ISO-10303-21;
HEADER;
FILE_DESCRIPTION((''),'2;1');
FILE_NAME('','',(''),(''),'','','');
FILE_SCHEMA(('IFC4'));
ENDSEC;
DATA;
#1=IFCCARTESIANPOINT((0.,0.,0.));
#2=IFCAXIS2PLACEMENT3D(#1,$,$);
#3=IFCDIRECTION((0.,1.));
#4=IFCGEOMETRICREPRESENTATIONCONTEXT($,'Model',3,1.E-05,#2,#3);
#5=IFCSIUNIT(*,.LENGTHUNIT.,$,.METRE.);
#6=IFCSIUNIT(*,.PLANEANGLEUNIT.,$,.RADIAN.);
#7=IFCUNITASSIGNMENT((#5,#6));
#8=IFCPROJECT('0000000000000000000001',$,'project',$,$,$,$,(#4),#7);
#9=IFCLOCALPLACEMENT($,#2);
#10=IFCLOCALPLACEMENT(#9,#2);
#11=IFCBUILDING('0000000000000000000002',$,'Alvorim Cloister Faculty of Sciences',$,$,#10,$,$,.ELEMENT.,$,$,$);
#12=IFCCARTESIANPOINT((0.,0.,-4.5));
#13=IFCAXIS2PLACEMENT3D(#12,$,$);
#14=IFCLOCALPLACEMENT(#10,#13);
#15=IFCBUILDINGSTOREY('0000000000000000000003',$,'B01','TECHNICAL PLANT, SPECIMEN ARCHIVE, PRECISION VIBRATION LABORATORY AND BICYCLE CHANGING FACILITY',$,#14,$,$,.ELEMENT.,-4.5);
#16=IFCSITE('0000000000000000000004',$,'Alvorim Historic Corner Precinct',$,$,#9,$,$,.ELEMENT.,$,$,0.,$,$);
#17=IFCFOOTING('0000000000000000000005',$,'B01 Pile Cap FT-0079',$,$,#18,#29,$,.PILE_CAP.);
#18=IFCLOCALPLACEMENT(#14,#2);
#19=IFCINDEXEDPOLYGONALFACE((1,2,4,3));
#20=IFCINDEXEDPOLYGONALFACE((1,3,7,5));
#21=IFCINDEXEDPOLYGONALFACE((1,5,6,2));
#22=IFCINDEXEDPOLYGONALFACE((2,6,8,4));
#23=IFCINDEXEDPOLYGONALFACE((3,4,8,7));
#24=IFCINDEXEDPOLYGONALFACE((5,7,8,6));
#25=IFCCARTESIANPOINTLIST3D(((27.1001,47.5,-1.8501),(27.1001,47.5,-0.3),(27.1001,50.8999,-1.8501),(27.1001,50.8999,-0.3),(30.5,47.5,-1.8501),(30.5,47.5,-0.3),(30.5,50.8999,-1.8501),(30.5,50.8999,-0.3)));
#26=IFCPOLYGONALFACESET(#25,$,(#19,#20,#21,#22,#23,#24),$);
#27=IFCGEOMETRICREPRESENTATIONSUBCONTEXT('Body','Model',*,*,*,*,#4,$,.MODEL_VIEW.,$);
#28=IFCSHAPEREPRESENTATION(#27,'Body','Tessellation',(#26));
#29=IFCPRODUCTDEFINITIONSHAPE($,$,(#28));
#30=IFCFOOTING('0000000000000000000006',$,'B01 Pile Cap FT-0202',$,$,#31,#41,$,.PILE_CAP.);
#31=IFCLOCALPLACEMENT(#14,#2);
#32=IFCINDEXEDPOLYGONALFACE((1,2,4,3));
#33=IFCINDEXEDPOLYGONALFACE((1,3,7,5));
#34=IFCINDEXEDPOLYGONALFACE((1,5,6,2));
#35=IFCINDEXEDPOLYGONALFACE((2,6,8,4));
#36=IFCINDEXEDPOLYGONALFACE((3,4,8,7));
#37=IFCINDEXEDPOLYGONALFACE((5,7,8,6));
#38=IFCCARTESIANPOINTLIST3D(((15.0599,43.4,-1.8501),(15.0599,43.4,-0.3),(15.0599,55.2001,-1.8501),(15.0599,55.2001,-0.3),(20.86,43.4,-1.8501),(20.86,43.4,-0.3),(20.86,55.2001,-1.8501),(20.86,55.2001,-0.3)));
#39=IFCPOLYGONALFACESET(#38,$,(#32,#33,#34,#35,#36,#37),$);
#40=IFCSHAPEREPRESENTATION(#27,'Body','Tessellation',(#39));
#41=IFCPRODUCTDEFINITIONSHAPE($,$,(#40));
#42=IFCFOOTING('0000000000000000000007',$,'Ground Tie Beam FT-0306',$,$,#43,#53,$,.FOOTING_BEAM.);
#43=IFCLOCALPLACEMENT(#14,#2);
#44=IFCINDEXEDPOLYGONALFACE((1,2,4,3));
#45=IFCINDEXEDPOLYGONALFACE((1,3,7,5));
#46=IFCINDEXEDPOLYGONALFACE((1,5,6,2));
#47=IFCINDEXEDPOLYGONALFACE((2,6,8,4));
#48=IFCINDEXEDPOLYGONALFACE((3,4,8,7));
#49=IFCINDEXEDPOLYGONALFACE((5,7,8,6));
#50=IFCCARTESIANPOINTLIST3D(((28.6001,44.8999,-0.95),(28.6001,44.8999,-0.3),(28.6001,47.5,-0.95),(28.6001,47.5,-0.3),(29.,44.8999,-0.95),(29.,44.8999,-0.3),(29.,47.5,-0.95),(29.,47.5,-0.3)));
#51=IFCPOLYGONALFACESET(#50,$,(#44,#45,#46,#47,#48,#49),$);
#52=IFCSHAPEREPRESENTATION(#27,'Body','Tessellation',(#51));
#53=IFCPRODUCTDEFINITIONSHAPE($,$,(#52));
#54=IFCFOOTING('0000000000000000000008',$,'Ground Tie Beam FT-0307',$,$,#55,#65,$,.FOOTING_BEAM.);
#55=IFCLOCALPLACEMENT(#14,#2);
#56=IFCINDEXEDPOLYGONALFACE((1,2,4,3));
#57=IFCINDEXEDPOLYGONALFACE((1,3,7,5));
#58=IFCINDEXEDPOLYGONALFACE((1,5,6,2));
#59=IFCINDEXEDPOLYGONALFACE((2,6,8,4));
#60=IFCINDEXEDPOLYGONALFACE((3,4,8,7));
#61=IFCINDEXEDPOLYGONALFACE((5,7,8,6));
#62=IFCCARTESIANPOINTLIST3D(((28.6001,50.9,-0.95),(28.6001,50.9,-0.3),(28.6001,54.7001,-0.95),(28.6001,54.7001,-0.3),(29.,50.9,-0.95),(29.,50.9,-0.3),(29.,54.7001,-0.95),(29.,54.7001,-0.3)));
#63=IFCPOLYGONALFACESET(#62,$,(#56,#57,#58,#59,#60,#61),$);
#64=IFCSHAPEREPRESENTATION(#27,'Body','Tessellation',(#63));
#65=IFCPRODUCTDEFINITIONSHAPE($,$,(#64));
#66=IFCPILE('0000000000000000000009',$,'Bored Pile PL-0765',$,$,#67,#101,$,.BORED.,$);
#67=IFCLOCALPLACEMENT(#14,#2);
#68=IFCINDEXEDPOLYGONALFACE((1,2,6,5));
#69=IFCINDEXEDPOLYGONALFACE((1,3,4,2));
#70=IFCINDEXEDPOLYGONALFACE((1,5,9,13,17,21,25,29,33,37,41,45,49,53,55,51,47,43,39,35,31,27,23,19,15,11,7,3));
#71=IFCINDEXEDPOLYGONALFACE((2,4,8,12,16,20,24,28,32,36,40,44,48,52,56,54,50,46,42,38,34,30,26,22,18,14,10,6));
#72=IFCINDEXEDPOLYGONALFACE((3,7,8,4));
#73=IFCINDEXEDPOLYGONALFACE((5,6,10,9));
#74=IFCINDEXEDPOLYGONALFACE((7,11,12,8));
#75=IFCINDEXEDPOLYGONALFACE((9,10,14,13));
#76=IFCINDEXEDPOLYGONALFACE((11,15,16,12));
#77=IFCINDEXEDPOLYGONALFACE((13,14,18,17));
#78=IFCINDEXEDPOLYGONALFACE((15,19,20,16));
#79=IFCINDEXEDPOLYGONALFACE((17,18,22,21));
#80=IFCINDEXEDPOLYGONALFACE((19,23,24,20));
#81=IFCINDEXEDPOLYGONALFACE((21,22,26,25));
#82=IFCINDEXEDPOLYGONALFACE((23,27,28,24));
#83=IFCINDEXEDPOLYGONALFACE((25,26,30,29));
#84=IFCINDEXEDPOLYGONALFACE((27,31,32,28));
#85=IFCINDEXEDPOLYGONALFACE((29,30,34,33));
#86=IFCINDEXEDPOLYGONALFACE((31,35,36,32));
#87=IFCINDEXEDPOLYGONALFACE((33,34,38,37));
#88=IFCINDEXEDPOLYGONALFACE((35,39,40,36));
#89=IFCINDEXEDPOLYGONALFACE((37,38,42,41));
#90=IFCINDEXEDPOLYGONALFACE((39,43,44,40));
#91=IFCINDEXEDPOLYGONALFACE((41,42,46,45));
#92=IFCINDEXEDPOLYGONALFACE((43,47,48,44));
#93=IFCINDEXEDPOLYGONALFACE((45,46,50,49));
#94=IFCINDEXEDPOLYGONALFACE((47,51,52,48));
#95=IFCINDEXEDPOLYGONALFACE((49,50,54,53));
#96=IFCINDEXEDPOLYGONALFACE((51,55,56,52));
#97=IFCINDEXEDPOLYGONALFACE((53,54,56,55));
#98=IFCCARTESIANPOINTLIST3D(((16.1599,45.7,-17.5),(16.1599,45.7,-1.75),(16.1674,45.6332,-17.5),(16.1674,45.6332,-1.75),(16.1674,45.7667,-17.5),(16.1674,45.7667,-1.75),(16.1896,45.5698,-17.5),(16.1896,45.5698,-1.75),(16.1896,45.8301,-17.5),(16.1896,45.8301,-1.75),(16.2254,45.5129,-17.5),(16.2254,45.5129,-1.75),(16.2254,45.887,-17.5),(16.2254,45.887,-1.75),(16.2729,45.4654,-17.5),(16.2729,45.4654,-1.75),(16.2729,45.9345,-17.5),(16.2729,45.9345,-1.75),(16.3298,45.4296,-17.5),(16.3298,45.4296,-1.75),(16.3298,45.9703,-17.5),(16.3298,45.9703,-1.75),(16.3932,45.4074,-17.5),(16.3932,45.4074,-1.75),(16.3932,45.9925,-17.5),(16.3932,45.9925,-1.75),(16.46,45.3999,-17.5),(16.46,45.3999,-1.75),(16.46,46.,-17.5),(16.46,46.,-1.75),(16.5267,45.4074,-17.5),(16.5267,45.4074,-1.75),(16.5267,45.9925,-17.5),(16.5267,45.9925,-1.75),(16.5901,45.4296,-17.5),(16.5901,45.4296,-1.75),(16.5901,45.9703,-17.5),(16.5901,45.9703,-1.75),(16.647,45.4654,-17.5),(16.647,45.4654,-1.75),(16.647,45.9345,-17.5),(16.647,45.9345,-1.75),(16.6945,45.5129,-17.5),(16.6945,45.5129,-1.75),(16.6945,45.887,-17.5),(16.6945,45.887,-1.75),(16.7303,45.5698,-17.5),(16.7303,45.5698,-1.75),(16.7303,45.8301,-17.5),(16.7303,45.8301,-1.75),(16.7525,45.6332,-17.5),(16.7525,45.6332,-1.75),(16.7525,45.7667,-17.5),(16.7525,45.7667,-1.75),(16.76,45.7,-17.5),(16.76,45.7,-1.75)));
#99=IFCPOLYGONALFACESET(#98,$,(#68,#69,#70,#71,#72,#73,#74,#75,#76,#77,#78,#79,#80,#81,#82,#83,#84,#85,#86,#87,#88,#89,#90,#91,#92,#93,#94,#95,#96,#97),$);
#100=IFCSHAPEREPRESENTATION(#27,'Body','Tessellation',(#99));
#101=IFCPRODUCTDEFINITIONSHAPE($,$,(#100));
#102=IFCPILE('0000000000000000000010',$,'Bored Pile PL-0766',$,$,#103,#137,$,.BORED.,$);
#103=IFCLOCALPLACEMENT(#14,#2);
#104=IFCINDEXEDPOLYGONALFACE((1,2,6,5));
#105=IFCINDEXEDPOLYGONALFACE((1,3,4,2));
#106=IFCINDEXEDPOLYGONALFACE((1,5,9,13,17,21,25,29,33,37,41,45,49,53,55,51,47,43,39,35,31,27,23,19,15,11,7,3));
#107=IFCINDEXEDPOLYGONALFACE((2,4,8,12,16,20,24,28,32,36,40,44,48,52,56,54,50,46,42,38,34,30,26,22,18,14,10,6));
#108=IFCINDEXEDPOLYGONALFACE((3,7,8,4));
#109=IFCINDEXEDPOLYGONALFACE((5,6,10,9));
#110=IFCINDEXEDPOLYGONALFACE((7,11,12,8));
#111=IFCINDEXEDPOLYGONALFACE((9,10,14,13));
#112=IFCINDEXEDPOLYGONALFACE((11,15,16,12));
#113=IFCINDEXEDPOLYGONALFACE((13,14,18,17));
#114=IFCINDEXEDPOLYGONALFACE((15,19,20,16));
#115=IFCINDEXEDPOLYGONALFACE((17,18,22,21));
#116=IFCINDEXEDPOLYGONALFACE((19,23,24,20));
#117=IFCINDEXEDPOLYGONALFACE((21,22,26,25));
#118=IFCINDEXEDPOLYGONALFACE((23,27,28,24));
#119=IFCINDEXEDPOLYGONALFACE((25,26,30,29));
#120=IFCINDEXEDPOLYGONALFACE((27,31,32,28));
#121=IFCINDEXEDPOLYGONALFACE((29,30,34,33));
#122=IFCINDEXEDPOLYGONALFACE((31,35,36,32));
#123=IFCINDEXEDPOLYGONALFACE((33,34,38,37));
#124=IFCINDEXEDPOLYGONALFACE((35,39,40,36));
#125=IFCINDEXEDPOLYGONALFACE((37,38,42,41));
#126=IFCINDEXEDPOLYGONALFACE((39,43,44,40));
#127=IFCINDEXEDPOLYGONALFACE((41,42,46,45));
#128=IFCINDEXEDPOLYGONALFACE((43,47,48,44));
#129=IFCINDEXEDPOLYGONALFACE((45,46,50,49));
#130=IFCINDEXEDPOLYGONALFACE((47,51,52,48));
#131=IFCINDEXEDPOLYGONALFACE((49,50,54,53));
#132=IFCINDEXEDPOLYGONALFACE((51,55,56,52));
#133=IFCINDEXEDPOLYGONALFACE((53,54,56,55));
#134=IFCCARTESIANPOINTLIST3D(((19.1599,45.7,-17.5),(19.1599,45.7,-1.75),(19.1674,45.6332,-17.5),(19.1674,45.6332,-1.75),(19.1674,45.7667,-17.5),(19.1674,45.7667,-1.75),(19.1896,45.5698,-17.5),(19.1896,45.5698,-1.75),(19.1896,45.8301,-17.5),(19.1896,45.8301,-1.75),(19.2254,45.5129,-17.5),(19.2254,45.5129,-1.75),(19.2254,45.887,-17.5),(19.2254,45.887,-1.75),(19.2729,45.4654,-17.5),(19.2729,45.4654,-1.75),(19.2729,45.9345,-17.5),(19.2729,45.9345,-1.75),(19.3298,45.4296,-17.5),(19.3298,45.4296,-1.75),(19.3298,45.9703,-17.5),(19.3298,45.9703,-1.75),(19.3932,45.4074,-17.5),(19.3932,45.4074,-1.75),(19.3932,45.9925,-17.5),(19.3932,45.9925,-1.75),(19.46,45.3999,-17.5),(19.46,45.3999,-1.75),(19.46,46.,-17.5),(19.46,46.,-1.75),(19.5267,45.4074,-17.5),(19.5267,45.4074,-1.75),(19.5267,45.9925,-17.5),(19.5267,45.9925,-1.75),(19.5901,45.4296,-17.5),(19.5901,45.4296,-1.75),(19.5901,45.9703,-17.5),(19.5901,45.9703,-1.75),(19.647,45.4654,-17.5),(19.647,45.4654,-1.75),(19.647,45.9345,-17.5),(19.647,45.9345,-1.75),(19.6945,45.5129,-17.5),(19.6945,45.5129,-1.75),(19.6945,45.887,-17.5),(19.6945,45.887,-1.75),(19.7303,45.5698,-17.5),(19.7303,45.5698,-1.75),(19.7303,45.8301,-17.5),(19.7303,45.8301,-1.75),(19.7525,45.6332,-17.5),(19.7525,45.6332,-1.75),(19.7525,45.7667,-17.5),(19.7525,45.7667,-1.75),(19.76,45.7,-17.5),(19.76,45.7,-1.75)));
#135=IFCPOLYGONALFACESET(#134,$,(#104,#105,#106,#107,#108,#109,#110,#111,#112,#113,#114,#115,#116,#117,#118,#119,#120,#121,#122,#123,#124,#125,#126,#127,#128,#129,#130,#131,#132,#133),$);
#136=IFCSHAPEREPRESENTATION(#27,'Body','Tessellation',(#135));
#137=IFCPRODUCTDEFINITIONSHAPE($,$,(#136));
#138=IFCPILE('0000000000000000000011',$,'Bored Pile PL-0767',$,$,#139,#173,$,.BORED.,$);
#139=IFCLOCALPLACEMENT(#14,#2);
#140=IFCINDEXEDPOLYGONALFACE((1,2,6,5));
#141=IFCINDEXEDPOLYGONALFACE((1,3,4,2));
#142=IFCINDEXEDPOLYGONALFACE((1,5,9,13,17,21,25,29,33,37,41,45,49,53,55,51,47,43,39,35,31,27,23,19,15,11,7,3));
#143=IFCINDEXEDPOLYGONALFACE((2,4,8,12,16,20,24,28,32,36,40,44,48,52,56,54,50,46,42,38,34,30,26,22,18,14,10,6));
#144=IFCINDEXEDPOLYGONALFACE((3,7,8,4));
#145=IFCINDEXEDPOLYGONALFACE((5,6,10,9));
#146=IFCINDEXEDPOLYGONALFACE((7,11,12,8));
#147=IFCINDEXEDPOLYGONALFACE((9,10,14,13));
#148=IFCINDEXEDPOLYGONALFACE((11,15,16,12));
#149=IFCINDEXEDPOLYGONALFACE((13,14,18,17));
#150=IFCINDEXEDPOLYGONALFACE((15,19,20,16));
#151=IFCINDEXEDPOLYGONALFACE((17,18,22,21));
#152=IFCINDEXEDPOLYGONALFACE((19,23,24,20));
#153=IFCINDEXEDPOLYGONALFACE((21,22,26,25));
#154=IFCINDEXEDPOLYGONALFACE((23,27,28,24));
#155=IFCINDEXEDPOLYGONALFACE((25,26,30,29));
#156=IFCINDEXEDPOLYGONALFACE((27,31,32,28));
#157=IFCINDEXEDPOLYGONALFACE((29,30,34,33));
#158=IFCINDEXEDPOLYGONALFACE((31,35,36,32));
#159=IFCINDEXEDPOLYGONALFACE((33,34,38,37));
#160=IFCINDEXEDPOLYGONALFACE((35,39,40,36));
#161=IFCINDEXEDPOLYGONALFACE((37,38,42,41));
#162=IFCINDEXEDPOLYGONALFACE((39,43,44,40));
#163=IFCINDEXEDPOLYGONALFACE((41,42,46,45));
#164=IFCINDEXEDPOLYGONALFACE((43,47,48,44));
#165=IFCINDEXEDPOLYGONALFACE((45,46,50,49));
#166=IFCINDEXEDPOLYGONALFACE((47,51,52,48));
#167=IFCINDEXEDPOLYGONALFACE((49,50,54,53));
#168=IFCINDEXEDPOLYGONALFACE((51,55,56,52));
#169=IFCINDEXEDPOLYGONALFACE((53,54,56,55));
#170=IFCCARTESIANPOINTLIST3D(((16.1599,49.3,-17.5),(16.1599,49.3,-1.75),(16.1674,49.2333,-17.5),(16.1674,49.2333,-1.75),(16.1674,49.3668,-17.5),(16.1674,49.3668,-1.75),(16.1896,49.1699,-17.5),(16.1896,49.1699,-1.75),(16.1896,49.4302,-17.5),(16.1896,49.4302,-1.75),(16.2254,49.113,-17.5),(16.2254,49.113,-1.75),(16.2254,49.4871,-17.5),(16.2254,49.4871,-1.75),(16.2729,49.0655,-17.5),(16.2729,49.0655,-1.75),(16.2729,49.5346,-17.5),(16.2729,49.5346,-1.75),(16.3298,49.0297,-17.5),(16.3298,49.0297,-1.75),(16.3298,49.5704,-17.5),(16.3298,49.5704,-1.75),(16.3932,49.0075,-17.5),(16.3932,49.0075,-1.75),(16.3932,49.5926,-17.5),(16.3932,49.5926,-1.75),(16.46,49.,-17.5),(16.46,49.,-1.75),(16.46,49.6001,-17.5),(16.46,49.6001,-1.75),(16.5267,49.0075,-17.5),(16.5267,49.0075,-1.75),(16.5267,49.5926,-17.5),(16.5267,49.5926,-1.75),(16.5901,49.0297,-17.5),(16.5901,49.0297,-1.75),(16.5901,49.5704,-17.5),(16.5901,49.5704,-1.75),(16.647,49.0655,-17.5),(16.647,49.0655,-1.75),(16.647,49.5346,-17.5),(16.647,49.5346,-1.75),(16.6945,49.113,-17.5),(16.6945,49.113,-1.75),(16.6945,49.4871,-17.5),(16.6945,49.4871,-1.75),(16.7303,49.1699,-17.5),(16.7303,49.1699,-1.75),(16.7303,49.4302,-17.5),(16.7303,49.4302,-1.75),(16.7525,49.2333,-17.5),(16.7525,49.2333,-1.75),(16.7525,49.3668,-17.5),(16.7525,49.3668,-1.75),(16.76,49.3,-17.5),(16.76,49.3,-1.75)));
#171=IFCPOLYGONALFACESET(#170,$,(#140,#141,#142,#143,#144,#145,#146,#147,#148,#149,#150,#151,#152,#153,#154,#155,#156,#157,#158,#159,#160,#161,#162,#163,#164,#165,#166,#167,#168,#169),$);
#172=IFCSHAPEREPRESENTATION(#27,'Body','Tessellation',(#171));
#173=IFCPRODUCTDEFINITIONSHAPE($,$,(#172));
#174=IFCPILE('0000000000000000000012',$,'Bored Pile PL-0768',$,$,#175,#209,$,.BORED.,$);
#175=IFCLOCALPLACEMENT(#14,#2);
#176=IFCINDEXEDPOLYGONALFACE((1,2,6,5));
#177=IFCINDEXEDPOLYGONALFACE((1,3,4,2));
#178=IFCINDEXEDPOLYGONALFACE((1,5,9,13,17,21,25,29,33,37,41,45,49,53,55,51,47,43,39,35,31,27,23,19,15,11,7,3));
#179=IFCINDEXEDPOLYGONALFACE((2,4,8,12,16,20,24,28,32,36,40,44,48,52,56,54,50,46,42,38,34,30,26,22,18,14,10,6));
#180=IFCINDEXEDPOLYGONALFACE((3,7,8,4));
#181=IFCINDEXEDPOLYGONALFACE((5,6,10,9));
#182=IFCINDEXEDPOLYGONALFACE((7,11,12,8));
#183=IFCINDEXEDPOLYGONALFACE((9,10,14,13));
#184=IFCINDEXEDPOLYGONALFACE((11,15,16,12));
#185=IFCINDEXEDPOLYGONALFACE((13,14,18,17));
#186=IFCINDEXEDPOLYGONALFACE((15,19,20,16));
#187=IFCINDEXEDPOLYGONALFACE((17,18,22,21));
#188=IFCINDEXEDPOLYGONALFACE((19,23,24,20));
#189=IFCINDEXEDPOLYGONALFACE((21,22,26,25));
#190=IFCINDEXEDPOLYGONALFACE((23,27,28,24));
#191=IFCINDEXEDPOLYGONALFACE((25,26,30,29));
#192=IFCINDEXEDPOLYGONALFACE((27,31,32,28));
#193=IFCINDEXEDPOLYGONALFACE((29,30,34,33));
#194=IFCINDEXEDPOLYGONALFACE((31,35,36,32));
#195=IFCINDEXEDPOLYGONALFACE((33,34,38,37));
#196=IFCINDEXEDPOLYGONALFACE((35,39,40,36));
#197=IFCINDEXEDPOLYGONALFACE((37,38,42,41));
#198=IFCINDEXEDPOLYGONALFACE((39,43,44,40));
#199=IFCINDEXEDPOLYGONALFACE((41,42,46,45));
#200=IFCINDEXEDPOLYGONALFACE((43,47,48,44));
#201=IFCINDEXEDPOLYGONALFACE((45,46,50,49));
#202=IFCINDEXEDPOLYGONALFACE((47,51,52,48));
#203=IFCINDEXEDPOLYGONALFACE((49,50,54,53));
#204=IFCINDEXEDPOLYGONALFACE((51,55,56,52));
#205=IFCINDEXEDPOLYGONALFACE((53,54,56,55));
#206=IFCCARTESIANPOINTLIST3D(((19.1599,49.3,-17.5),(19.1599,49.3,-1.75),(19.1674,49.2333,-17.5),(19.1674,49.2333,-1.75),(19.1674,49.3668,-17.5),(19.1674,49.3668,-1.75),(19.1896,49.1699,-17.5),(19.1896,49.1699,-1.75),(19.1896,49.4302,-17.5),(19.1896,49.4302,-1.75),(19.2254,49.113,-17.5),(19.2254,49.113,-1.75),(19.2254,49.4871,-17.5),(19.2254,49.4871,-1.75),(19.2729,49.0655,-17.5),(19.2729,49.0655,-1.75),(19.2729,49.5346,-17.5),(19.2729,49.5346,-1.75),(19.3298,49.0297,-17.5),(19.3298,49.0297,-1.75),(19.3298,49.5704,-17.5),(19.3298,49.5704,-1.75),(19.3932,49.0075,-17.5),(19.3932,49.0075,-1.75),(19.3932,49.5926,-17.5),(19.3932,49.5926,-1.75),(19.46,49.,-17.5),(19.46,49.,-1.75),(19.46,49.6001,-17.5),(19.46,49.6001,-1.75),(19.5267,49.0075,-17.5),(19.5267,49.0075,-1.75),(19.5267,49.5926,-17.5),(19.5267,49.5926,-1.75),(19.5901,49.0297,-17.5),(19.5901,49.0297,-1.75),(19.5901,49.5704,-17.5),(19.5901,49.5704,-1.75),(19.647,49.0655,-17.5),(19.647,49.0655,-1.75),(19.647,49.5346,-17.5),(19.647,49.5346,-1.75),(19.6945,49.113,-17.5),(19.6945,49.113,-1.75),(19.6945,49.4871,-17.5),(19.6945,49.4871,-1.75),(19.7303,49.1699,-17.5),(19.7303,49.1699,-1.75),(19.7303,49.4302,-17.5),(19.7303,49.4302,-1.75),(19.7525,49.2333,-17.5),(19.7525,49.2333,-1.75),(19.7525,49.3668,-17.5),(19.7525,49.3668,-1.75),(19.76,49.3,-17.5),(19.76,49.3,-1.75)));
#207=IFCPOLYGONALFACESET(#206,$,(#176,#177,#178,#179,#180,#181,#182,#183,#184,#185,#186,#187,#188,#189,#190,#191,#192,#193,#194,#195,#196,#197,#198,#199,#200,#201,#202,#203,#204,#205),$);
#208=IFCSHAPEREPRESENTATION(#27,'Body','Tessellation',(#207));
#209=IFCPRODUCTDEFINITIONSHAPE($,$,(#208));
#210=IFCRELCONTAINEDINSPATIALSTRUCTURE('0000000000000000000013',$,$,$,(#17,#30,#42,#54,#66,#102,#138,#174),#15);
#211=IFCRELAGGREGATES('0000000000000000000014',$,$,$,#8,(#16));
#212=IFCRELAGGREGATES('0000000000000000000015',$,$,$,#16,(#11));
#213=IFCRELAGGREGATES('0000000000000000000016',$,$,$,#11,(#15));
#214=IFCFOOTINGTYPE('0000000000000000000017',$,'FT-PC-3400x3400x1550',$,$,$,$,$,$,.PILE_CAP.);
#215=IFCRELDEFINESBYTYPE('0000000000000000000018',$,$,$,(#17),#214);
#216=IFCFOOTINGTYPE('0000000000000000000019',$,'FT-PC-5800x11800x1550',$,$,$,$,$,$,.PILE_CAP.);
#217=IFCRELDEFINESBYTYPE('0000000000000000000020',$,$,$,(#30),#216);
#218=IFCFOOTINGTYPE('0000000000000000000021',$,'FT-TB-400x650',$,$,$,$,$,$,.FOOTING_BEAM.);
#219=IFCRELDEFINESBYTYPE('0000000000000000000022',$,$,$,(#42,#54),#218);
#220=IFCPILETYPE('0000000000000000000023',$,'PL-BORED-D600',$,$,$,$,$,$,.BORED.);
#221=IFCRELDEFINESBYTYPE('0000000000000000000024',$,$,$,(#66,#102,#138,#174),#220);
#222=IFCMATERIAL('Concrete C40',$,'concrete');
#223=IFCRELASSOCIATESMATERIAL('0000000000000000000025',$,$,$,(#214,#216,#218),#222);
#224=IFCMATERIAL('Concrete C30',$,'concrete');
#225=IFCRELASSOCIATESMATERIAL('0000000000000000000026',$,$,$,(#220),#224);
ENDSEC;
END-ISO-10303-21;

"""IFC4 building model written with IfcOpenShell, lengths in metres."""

from ifc_helpers import new_model, si_unit, direction, frame, origin, origin_2d, place, context, subcontext, project, spatial, rectangle, circle, extrude, material, material_profile, profile_set, type_object, element, save


model = new_model("IFC4")

# Units and contexts
model_context = context("Model", 3, precision=1e-05, world=origin(), true_north=direction((0.0, 1.0)))
body_context = subcontext(model_context, "Body", "Model", "MODEL_VIEW")
ifc_project = project(units=[si_unit("LENGTHUNIT", "METRE"), si_unit("PLANEANGLEUNIT", "RADIAN")], contexts=[model_context])

# Site, building, storey
site_placement = place(None, origin())
site = spatial("IfcSite", under=ifc_project, at=site_placement, Name="Alvorim Historic Corner Precinct", CompositionType="ELEMENT", RefElevation=0.0)
building_placement = place(site_placement, origin())
building = spatial("IfcBuilding", under=site, at=building_placement, Name="Alvorim Cloister Faculty of Sciences", CompositionType="ELEMENT")
storey_placement = place(building_placement, frame((0.0, 0.0, -4.5)))
storey = spatial("IfcBuildingStorey", under=building, at=storey_placement, Name="B01", Description="TECHNICAL PLANT, SPECIMEN ARCHIVE, PRECISION VIBRATION LABORATORY AND BICYCLE CHANGING FACILITY", CompositionType="ELEMENT", Elevation=-4.5)

# Footings
ifc_material_1 = material(Name="Concrete C40", Category="concrete")
footing_type_1 = type_object("IfcFootingType", Name="FT-PC-3400x3400x1550", PredefinedType="PILE_CAP", material=ifc_material_1)
footing_1_placement = place(storey_placement, frame((28.8, 49.2, -1.8501), z_axis=(0.0, 0.0, 1.0), x_axis=(1.0, 0.0, 0.0)))
element("IfcFooting", 1, at=footing_1_placement, inside=storey, type_object=footing_type_1, Name="B01 Pile Cap FT-0079", PredefinedType="PILE_CAP", context=body_context, shape_type="SweptSolid", body=[
    extrude(rectangle(XDim=3.3999, YDim=3.3999, at=origin_2d()), origin(), (0.0, 0.0, 1.0), 1.55),
])
footing_type_2 = type_object("IfcFootingType", Name="FT-PC-5800x11800x1550", PredefinedType="PILE_CAP", material=ifc_material_1)
footing_2_placement = place(storey_placement, frame((17.96, 49.3, -1.8501), z_axis=(0.0, 0.0, 1.0), x_axis=(1.0, 0.0, 0.0)))
element("IfcFooting", 2, at=footing_2_placement, inside=storey, type_object=footing_type_2, Name="B01 Pile Cap FT-0202", PredefinedType="PILE_CAP", context=body_context, shape_type="SweptSolid", body=[
    extrude(rectangle(XDim=5.8, YDim=11.8, at=origin_2d()), origin(), (0.0, 0.0, 1.0), 1.55),
])
footing_type_3 = type_object("IfcFootingType", Name="FT-TB-400x650", PredefinedType="FOOTING_BEAM", material=ifc_material_1)
footing_3_placement = place(storey_placement, frame((28.8, 46.2, -0.95), z_axis=(0.0, 0.0, 1.0), x_axis=(1.0, 0.0, 0.0)))
element("IfcFooting", 3, at=footing_3_placement, inside=storey, type_object=footing_type_3, Name="Ground Tie Beam FT-0306", PredefinedType="FOOTING_BEAM", context=body_context, shape_type="SweptSolid", body=[
    extrude(rectangle(XDim=0.3999, YDim=2.6001, at=origin_2d()), origin(), (0.0, 0.0, 1.0), 0.6499),
])
footing_4_placement = place(storey_placement, frame((28.8, 52.8, -0.95), z_axis=(0.0, 0.0, 1.0), x_axis=(1.0, 0.0, 0.0)))
element("IfcFooting", 4, at=footing_4_placement, inside=storey, type_object=footing_type_3, Name="Ground Tie Beam FT-0307", PredefinedType="FOOTING_BEAM", context=body_context, shape_type="SweptSolid", body=[
    extrude(rectangle(XDim=0.3999, YDim=3.8, at=origin_2d()), origin(), (0.0, 0.0, 1.0), 0.6499),
])

# Piles
ifc_material_2 = material(Name="Concrete C30", Category="concrete")
ifc_material_profile_1 = material_profile(ifc_material_2, circle(Radius=0.3, at=origin_2d()), Name="PILE-D600")
ifc_profile_set_1 = profile_set([ifc_material_profile_1], Name="Concrete C30")
pile_type_1 = type_object("IfcPileType", Name="PL-BORED-D600", PredefinedType="BORED", material=ifc_profile_set_1)
for number, where, z_axis, x_axis, name in (
    (5, (16.46, 45.7, -1.75), (0.0, 0.0, -1.0), (1.0, 0.0, 0.0), "Bored Pile PL-0765"),
    (6, (19.46, 45.7, -1.75), (0.0, 0.0, -1.0), (1.0, 0.0, 0.0), "Bored Pile PL-0766"),
    (7, (16.46, 49.3, -1.75), (0.0, 0.0, -1.0), (1.0, 0.0, 0.0), "Bored Pile PL-0767"),
    (8, (19.46, 49.3, -1.75), (0.0, 0.0, -1.0), (1.0, 0.0, 0.0), "Bored Pile PL-0768"),
):
    element("IfcPile", number, at=place(storey_placement, frame(where, z_axis=z_axis, x_axis=x_axis)), inside=storey, type_object=pile_type_1, Name=name, PredefinedType="BORED", context=body_context, shape_type="SweptSolid", body=[
        extrude(circle(Radius=0.3, at=origin_2d()), origin(), (0.0, 0.0, 1.0), 15.75),
    ])

save(model, "model.ifc")
